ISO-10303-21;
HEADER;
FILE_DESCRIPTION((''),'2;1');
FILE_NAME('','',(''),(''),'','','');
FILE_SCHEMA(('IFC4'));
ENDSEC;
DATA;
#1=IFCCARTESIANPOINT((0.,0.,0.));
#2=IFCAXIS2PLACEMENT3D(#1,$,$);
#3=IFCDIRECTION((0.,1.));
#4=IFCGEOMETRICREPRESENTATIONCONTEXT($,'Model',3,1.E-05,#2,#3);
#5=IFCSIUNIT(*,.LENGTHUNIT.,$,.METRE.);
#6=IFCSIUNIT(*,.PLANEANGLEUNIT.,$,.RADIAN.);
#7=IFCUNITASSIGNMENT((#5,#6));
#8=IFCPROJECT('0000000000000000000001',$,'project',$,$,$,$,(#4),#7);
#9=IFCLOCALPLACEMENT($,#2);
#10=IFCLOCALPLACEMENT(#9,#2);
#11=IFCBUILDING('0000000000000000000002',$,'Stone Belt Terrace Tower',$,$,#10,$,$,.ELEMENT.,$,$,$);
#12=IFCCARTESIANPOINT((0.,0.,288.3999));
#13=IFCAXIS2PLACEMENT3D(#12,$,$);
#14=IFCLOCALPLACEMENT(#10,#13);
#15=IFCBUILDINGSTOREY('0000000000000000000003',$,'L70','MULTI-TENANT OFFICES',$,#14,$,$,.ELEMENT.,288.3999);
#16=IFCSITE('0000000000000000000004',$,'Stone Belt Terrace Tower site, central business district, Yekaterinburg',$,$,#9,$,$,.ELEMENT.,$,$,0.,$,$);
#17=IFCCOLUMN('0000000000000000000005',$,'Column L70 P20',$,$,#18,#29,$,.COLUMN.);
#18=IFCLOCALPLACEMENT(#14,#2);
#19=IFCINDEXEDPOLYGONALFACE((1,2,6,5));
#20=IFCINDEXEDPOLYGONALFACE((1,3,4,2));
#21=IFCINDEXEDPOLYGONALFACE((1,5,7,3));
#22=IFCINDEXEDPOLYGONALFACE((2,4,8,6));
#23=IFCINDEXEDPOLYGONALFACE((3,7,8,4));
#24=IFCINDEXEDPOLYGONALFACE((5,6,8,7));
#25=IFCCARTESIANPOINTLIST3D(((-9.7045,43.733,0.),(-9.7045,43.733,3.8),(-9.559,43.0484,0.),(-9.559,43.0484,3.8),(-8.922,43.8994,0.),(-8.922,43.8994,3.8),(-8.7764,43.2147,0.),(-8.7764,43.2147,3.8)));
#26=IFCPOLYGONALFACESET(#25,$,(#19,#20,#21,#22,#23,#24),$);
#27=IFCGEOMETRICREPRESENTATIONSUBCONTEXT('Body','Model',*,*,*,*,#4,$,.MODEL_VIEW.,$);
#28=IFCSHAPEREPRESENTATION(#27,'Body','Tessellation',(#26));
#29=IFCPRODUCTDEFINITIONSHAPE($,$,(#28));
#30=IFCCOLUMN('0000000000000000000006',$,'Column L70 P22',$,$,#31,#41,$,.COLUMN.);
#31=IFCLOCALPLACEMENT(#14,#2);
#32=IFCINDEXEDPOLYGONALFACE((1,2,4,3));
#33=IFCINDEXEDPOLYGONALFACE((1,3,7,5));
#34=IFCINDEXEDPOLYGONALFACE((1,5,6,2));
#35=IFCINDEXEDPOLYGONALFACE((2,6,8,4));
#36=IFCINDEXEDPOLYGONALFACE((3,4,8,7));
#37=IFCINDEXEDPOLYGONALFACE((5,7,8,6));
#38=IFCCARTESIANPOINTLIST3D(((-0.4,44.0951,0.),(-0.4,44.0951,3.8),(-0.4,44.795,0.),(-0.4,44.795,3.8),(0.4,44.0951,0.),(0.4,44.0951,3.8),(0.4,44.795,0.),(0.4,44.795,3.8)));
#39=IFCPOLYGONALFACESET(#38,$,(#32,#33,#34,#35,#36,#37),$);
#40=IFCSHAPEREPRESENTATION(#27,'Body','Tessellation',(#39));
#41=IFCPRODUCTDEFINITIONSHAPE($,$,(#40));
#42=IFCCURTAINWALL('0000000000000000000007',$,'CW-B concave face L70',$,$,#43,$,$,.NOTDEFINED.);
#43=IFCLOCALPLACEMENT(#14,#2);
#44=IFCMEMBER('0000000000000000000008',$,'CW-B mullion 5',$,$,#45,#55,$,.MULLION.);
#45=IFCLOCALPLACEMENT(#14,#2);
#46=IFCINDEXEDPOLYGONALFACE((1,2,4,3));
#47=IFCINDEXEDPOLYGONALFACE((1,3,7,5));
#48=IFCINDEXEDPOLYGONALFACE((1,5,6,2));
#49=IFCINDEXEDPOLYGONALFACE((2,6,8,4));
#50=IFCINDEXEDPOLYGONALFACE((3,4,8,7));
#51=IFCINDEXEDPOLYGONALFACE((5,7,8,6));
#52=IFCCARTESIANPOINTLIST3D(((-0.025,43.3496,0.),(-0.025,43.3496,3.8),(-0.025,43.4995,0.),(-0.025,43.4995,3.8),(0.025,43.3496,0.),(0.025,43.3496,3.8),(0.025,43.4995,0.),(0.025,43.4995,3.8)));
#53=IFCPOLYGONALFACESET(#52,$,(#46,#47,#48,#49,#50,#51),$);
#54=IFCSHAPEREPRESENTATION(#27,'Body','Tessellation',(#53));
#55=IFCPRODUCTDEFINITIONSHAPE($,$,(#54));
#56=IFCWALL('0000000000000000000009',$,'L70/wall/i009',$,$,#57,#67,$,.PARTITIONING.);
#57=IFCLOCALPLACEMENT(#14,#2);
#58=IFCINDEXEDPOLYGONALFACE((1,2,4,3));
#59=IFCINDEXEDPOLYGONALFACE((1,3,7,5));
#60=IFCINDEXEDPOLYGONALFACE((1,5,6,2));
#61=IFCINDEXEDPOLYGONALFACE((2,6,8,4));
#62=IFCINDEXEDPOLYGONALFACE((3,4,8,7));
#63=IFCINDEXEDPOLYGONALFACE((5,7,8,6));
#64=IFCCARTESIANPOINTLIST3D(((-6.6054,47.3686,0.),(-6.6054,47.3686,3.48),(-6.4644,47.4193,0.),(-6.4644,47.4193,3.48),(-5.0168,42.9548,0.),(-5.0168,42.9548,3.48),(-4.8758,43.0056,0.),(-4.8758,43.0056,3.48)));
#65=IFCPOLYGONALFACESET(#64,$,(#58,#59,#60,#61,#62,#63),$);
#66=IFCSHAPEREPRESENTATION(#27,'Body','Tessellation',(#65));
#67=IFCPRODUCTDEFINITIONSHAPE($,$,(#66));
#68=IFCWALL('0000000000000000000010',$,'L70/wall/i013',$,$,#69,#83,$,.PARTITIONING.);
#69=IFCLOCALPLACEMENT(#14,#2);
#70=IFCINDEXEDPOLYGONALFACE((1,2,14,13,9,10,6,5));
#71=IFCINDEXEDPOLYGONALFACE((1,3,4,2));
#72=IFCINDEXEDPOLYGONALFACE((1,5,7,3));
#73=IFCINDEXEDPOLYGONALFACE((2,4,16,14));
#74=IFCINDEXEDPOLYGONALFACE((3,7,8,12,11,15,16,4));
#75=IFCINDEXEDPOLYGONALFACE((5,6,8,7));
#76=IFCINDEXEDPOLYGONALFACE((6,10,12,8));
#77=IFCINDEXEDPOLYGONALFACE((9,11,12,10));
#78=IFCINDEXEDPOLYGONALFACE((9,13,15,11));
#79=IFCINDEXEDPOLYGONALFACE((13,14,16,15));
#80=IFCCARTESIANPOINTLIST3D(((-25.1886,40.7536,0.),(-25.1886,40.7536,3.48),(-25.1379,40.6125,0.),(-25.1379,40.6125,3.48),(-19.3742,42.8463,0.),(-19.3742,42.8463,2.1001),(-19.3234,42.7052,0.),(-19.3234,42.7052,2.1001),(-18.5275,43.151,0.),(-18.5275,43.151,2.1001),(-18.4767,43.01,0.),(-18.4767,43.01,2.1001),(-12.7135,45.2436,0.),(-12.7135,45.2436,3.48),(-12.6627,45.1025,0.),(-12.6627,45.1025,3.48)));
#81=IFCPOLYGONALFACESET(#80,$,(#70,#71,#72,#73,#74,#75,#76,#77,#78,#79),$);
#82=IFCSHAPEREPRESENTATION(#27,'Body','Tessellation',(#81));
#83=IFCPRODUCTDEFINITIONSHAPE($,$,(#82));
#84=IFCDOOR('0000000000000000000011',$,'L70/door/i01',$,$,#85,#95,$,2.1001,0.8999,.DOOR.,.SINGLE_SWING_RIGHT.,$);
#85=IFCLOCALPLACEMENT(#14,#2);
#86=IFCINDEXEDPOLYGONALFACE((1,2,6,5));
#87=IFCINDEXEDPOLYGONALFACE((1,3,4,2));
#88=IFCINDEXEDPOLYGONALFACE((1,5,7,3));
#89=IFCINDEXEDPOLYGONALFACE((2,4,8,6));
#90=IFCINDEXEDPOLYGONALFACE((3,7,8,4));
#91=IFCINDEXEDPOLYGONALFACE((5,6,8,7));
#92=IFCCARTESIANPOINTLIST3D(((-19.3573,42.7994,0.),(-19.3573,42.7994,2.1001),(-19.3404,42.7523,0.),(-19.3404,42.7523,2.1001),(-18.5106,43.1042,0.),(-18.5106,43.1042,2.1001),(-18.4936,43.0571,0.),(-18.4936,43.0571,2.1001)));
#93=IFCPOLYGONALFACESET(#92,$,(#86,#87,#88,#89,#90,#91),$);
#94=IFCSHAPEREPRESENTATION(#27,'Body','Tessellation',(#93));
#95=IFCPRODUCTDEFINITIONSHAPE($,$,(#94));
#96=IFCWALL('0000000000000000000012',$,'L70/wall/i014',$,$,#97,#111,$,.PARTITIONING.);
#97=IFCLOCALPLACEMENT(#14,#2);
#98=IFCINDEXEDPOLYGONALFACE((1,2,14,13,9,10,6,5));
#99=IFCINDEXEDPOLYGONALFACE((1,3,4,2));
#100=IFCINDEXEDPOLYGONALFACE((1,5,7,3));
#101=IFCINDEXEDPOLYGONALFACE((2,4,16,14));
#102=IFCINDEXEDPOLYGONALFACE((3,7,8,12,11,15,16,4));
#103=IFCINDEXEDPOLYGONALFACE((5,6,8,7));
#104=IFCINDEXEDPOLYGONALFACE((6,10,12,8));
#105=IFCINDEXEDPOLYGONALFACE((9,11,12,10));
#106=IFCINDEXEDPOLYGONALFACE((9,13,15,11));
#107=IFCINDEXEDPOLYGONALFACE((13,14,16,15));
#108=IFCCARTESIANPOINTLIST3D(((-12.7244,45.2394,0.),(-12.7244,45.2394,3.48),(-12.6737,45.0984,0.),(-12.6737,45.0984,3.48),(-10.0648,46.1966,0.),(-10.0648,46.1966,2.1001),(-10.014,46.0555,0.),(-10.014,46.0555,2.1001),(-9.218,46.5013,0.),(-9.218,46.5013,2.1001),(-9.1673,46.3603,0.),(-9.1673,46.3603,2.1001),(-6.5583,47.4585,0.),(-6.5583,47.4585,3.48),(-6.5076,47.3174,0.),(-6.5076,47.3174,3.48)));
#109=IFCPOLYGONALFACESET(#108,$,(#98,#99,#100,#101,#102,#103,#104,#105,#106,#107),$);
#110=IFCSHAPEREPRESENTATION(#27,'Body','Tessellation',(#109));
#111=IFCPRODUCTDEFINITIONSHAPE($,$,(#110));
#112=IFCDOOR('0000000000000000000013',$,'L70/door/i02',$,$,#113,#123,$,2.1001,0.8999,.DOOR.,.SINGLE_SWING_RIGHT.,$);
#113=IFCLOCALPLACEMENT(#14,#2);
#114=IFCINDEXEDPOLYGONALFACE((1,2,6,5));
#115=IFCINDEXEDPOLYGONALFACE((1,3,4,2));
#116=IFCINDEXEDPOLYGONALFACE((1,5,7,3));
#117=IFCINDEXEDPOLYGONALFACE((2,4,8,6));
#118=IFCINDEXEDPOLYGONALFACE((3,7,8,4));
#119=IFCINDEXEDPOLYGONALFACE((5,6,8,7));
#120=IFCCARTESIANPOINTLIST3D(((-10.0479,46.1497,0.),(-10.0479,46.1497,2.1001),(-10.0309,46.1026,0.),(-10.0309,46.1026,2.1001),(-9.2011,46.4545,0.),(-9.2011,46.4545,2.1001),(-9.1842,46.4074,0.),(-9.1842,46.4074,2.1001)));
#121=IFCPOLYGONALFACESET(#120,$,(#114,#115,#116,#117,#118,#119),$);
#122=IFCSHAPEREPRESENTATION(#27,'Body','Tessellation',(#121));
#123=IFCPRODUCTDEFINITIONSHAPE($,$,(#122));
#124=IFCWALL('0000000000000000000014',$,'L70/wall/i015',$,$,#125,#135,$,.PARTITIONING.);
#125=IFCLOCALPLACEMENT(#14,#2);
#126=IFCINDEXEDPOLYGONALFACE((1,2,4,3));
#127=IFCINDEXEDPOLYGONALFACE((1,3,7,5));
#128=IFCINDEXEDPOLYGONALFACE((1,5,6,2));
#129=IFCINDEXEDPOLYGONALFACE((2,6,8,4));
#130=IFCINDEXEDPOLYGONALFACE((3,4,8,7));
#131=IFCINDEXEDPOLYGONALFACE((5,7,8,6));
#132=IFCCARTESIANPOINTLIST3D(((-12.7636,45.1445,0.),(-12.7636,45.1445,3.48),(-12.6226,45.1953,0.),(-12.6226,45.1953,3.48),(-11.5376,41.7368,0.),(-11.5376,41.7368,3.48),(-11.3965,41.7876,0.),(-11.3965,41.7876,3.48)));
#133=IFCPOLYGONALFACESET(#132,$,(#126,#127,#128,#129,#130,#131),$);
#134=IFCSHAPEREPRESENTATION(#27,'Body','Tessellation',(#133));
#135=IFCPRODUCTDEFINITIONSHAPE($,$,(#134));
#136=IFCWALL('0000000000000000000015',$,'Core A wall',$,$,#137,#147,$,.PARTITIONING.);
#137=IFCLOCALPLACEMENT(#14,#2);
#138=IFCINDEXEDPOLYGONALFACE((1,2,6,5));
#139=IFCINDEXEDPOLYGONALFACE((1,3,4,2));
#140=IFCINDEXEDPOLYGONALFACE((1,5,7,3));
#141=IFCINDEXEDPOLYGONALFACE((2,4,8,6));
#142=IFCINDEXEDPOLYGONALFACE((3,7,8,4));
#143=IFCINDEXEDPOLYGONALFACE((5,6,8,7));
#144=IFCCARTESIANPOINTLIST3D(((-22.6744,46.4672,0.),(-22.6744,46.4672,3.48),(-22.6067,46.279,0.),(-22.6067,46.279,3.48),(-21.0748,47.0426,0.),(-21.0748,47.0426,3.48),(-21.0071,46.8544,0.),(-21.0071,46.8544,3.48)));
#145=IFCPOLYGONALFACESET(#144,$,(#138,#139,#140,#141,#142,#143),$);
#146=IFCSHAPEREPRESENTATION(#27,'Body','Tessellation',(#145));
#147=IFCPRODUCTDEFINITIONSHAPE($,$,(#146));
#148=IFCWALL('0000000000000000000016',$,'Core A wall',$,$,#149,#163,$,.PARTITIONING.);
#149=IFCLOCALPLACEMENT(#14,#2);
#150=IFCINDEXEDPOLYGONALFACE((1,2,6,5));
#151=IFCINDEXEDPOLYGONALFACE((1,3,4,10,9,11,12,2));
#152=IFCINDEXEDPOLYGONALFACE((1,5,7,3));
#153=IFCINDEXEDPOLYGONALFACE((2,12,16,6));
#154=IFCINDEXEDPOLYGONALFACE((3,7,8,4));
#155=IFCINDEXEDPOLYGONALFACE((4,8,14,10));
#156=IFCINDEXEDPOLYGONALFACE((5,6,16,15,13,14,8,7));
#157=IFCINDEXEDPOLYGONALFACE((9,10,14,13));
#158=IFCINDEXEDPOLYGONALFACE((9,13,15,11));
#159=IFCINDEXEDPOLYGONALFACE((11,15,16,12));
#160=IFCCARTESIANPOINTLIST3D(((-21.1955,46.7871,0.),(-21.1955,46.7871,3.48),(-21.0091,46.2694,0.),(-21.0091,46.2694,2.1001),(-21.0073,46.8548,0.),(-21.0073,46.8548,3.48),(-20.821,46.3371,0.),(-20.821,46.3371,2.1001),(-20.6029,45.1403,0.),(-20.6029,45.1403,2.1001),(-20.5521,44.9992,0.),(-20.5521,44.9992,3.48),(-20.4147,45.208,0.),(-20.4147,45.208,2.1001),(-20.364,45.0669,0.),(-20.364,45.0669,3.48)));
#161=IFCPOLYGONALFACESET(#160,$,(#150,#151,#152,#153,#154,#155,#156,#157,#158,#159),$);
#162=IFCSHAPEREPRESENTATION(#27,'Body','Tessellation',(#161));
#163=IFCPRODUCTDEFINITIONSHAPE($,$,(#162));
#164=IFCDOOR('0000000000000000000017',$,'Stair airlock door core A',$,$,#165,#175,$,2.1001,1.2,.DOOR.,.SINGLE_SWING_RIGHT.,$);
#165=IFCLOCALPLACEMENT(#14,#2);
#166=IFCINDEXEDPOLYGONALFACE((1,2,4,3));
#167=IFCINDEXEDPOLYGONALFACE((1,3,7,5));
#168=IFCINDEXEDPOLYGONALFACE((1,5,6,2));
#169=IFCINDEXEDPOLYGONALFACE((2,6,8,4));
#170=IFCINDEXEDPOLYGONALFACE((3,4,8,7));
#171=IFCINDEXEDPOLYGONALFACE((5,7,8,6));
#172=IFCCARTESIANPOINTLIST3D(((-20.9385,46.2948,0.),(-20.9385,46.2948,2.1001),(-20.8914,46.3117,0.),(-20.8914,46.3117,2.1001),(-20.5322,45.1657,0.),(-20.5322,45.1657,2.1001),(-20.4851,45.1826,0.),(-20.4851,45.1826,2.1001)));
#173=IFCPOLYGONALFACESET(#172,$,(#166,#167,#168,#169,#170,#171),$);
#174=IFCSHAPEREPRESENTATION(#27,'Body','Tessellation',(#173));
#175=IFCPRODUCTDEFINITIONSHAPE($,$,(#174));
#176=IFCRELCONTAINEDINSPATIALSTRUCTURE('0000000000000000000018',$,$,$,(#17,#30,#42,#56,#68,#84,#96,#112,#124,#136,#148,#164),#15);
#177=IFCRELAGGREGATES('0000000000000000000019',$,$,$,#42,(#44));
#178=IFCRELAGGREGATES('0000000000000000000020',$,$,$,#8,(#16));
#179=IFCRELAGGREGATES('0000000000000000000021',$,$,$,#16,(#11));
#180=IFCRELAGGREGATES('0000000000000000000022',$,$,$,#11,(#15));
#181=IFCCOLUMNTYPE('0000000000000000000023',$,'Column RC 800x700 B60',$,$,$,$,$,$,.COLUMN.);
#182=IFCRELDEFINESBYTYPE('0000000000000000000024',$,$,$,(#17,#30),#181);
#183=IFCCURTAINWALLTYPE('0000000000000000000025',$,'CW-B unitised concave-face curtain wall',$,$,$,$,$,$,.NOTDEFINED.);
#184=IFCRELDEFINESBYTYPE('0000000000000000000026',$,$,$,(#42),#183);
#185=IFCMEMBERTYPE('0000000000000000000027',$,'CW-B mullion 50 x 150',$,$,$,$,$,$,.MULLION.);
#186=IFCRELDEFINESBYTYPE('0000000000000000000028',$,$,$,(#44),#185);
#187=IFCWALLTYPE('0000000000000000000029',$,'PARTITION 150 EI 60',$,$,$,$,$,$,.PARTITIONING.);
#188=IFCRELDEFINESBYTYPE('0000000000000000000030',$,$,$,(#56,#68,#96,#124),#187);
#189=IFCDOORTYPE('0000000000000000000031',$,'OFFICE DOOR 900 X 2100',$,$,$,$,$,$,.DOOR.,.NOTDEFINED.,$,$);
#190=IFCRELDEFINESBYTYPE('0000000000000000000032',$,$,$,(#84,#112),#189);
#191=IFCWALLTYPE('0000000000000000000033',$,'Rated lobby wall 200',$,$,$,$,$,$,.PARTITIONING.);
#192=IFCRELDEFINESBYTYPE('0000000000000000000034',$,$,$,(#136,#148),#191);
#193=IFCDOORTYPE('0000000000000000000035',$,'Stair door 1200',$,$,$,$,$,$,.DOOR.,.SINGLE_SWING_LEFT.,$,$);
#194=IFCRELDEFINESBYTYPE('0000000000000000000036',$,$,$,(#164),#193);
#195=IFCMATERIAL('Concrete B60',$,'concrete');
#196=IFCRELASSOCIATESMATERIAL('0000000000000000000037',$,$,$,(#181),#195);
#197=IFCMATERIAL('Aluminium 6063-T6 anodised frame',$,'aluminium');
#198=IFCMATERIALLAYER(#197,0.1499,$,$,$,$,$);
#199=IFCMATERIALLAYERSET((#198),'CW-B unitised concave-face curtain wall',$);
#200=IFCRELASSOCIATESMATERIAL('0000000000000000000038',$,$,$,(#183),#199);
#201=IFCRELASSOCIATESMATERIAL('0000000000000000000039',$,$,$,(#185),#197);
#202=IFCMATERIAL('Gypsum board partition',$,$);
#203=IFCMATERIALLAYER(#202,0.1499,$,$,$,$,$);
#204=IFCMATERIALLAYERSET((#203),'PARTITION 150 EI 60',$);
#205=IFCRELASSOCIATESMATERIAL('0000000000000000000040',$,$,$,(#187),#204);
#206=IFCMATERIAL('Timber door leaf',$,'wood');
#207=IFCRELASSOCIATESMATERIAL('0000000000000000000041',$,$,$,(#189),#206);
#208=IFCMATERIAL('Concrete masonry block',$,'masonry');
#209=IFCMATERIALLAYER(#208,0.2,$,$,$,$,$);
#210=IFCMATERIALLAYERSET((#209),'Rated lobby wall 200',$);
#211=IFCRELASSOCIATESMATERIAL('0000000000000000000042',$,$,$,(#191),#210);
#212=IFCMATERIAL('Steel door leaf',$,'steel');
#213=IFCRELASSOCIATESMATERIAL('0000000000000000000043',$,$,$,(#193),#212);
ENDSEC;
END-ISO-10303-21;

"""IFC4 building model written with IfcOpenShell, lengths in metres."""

from ifc_helpers import new_model, si_unit, direction, frame, frame_2d, origin, origin_2d, place, context, subcontext, project, spatial, rectangle, extrude, material, layer, layer_set, material_profile, profile_set, type_object, element, fill, aggregate, save


model = new_model("IFC4")

# Units and contexts
model_context = context("Model", 3, precision=1e-05, world=origin(), true_north=direction((0.0, 1.0)))
body_context = subcontext(model_context, "Body", "Model", "MODEL_VIEW")
ifc_project = project(units=[si_unit("LENGTHUNIT", "METRE"), si_unit("PLANEANGLEUNIT", "RADIAN")], contexts=[model_context])

# Site, building, storey
site_placement = place(None, origin())
site = spatial("IfcSite", under=ifc_project, at=site_placement, Name="Stone Belt Terrace Tower site, central business district, Yekaterinburg", CompositionType="ELEMENT", RefElevation=0.0)
building_placement = place(site_placement, origin())
building = spatial("IfcBuilding", under=site, at=building_placement, Name="Stone Belt Terrace Tower", CompositionType="ELEMENT")
storey_placement = place(building_placement, frame((0.0, 0.0, 288.3999)))
storey = spatial("IfcBuildingStorey", under=building, at=storey_placement, Name="L70", Description="MULTI-TENANT OFFICES", CompositionType="ELEMENT", Elevation=288.3999)

# Columns
ifc_material_1 = material(Name="Concrete B60", Category="concrete")
ifc_material_profile_1 = material_profile(ifc_material_1, rectangle(XDim=0.8, YDim=0.7, at=origin_2d()), Name="RC 800x700")
ifc_profile_set_1 = profile_set([ifc_material_profile_1], Name="Concrete B60")
column_type = type_object("IfcColumnType", Name="Column RC 800x700 B60", PredefinedType="COLUMN", material=ifc_profile_set_1)
for number, where, z_axis, x_axis, name in (
    (1, (-9.2405, 43.4739, 0.0), (0.0, 0.0, 1.0), (0.978148, 0.207912, 0.0), "Column L70 P20"),
    (2, (0.0, 44.4451, 0.0), (0.0, 0.0, 1.0), (1.0, 0.0, 0.0), "Column L70 P22"),
):
    element("IfcColumn", number, at=place(storey_placement, frame(where, z_axis=z_axis, x_axis=x_axis)), inside=storey, type_object=column_type, Name=name, PredefinedType="COLUMN", context=body_context, shape_type="SweptSolid", body=[
        extrude(rectangle(XDim=0.8, YDim=0.7, at=origin_2d()), origin(), (0.0, 0.0, 1.0), 3.8),
    ])

# Curtain wall, member
ifc_material_2 = material(Name="Aluminium 6063-T6 anodised frame", Category="aluminium")
ifc_layer_1 = layer(ifc_material_2, 0.1499)
ifc_layer_set_1 = layer_set([ifc_layer_1], Name="CW-B unitised concave-face curtain wall")
curtain_wall_type = type_object("IfcCurtainWallType", Name="CW-B unitised concave-face curtain wall", PredefinedType="NOTDEFINED", material=ifc_layer_set_1)
curtain_wall_placement = place(storey_placement, origin())
curtain_wall = element("IfcCurtainWall", 3, at=curtain_wall_placement, inside=storey, type_object=curtain_wall_type, Name="CW-B concave face L70", PredefinedType="NOTDEFINED")
ifc_material_profile_2 = material_profile(ifc_material_2, rectangle(XDim=0.1499, YDim=0.05, at=origin_2d()), Name="Aluminium 6063-T6 50x150")
ifc_profile_set_2 = profile_set([ifc_material_profile_2], Name="Aluminium 6063-T6 anodised frame")
member_type = type_object("IfcMemberType", Name="CW-B mullion 50 x 150", PredefinedType="MULLION", material=ifc_profile_set_2)
member_placement = place(storey_placement, frame((0.0, 43.4246, 0.0), z_axis=(0.0, 0.0, 1.0), x_axis=(0.0, 1.0, 0.0)))
member = element("IfcMember", 4, at=member_placement, type_object=member_type, Name="CW-B mullion 5", PredefinedType="MULLION", context=body_context, shape_type="SweptSolid", body=[
    extrude(rectangle(XDim=0.1499, YDim=0.05, at=origin_2d()), origin(), (0.0, 0.0, 1.0), 3.8),
])
aggregate(curtain_wall, [member])

# Wall
ifc_material_3 = material(Name="Gypsum board partition")
ifc_layer_2 = layer(ifc_material_3, 0.1499)
ifc_layer_set_2 = layer_set([ifc_layer_2], Name="PARTITION 150 EI 60")
wall_type_1 = type_object("IfcWallType", Name="PARTITION 150 EI 60", PredefinedType="PARTITIONING", material=ifc_layer_set_2)
wall_1_placement = place(storey_placement, frame((-4.9463, 42.9802, 0.0), z_axis=(0.0, 0.0, 1.0), x_axis=(-0.338653, 0.940911, 0.0)))
element("IfcWall", 5, at=wall_1_placement, inside=storey, type_object=wall_type_1, Name="L70/wall/i009", PredefinedType="PARTITIONING", context=body_context, shape_type="SweptSolid", body=[
    extrude(rectangle(XDim=4.6909, YDim=0.1499, at=frame_2d((2.3455, 0.0))), origin(), (0.0, 0.0, 1.0), 3.48),
])

# Walls, openings, doors
wall_2_placement = place(storey_placement, frame((-12.688, 45.1731, 0.0), z_axis=(0.0, 0.0, 1.0), x_axis=(-0.940913, -0.33865, 0.0)))
wall_2 = element("IfcWall", 6, at=wall_2_placement, inside=storey, type_object=wall_type_1, Name="L70/wall/i013", PredefinedType="PARTITIONING", context=body_context, shape_type="SweptSolid", body=[
    extrude(rectangle(XDim=13.2585, YDim=0.1499, at=frame_2d((6.6294, 0.0))), origin(), (0.0, 0.0, 1.0), 3.48),
])
opening_1_placement = place(wall_2_placement, frame((6.1792, 0.0, 0.0)))
opening_1 = element("IfcOpeningElement", 7, at=opening_1_placement, cuts=wall_2, PredefinedType="OPENING", context=body_context, shape_type="SweptSolid", body=[
    extrude(rectangle(XDim=0.8999, YDim=2.1001, at=frame_2d((0.45, 1.05))), frame((0.0, 0.085, 0.0), z_axis=(0.0, -1.0, 0.0), x_axis=(1.0, 0.0, 0.0)), (0.0, 0.0, 1.0), 0.1699),
])
ifc_material_4 = material(Name="Timber door leaf", Category="wood")
door_type_1 = type_object("IfcDoorType", Name="OFFICE DOOR 900 X 2100", OperationType="NOTDEFINED", PredefinedType="DOOR", material=ifc_material_4)
door_1_placement = place(opening_1_placement, origin())
door_1 = element("IfcDoor", 8, at=door_1_placement, inside=storey, type_object=door_type_1, Name="L70/door/i01", OperationType="SINGLE_SWING_RIGHT", OverallHeight=2.1001, OverallWidth=0.8999, PredefinedType="DOOR", context=body_context, shape_type="SweptSolid", body=[
    extrude(rectangle(XDim=0.8999, YDim=2.1001, at=frame_2d((0.45, 1.05))), frame((0.0, 0.0249, 0.0), z_axis=(0.0, -1.0, 0.0), x_axis=(1.0, 0.0, 0.0)), (0.0, 0.0, 1.0), 0.05),
])
fill(opening_1, door_1)
wall_3_placement = place(storey_placement, frame((-6.533, 47.3879, 0.0), z_axis=(0.0, 0.0, 1.0), x_axis=(-0.940925, -0.338615, 0.0)))
wall_3 = element("IfcWall", 9, at=wall_3_placement, inside=storey, type_object=wall_type_1, Name="L70/wall/i014", PredefinedType="PARTITIONING", context=body_context, shape_type="SweptSolid", body=[
    extrude(rectangle(XDim=6.5532, YDim=0.1499, at=frame_2d((3.2766, 0.0))), origin(), (0.0, 0.0, 1.0), 3.48),
])
opening_2_placement = place(wall_3_placement, frame((2.8267, 0.0, 0.0)))
opening_2 = element("IfcOpeningElement", 10, at=opening_2_placement, cuts=wall_3, PredefinedType="OPENING", context=body_context, shape_type="SweptSolid", body=[
    extrude(rectangle(XDim=0.8999, YDim=2.1001, at=frame_2d((0.45, 1.05))), frame((0.0, 0.085, 0.0), z_axis=(0.0, -1.0, 0.0), x_axis=(1.0, 0.0, 0.0)), (0.0, 0.0, 1.0), 0.1699),
])
door_2_placement = place(opening_2_placement, origin())
door_2 = element("IfcDoor", 11, at=door_2_placement, inside=storey, type_object=door_type_1, Name="L70/door/i02", OperationType="SINGLE_SWING_RIGHT", OverallHeight=2.1001, OverallWidth=0.8999, PredefinedType="DOOR", context=body_context, shape_type="SweptSolid", body=[
    extrude(rectangle(XDim=0.8999, YDim=2.1001, at=frame_2d((0.45, 1.05))), frame((0.0, 0.0249, 0.0), z_axis=(0.0, -1.0, 0.0), x_axis=(1.0, 0.0, 0.0)), (0.0, 0.0, 1.0), 0.05),
])
fill(opening_2, door_2)

# Walls
wall_4_placement = place(storey_placement, frame((-12.6931, 45.1699, 0.0), z_axis=(0.0, 0.0, 1.0), x_axis=(0.338548, -0.940949, 0.0)))
element("IfcWall", 12, at=wall_4_placement, inside=storey, type_object=wall_type_1, Name="L70/wall/i015", PredefinedType="PARTITIONING", context=body_context, shape_type="SweptSolid", body=[
    extrude(rectangle(XDim=3.6216, YDim=0.1499, at=frame_2d((1.8108, 0.0))), origin(), (0.0, 0.0, 1.0), 3.48),
])
ifc_material_5 = material(Name="Concrete masonry block", Category="masonry")
ifc_layer_3 = layer(ifc_material_5, 0.2)
ifc_layer_set_3 = layer_set([ifc_layer_3], Name="Rated lobby wall 200")
wall_type_2 = type_object("IfcWallType", Name="Rated lobby wall 200", PredefinedType="PARTITIONING", material=ifc_layer_set_3)
wall_5_placement = place(storey_placement, frame((-22.6406, 46.373, 0.0), z_axis=(0.0, 0.0, 1.0), x_axis=(0.940966, 0.338501, 0.0)))
element("IfcWall", 13, at=wall_5_placement, inside=storey, type_object=wall_type_2, Name="Core A wall", PredefinedType="PARTITIONING", context=body_context, shape_type="SweptSolid", body=[
    extrude(rectangle(XDim=1.7, YDim=0.2, at=frame_2d((0.8501, 0.0))), origin(), (0.0, 0.0, 1.0), 3.48),
])

# Wall, opening, door
wall_6_placement = place(storey_placement, frame((-20.458, 45.033, 0.0), z_axis=(0.0, 0.0, 1.0), x_axis=(-0.338574, 0.94094, 0.0)))
wall_6 = element("IfcWall", 14, at=wall_6_placement, inside=storey, type_object=wall_type_2, Name="Core A wall", PredefinedType="PARTITIONING", context=body_context, shape_type="SweptSolid", body=[
    extrude(rectangle(XDim=1.9001, YDim=0.2, at=frame_2d((0.9502, 0.0))), origin(), (0.0, 0.0, 1.0), 3.48),
])
opening_3_placement = place(wall_6_placement, frame((0.1499, 0.0, 0.0)))
opening_3 = element("IfcOpeningElement", 15, at=opening_3_placement, cuts=wall_6, PredefinedType="OPENING", context=body_context, shape_type="SweptSolid", body=[
    extrude(rectangle(XDim=1.2, YDim=2.1001, at=frame_2d((0.6001, 1.05))), frame((0.0, 0.1099, 0.0), z_axis=(0.0, -1.0, 0.0), x_axis=(1.0, 0.0, 0.0)), (0.0, 0.0, 1.0), 0.22),
])
ifc_material_6 = material(Name="Steel door leaf", Category="steel")
door_type_2 = type_object("IfcDoorType", Name="Stair door 1200", OperationType="SINGLE_SWING_LEFT", PredefinedType="DOOR", material=ifc_material_6)
door_3_placement = place(opening_3_placement, origin())
door_3 = element("IfcDoor", 16, at=door_3_placement, inside=storey, type_object=door_type_2, Name="Stair airlock door core A", OperationType="SINGLE_SWING_RIGHT", OverallHeight=2.1001, OverallWidth=1.2, PredefinedType="DOOR", context=body_context, shape_type="SweptSolid", body=[
    extrude(rectangle(XDim=1.2, YDim=2.1001, at=frame_2d((0.6001, 1.05))), frame((0.0, 0.0249, 0.0), z_axis=(0.0, -1.0, 0.0), x_axis=(1.0, 0.0, 0.0)), (0.0, 0.0, 1.0), 0.05),
])
fill(opening_3, door_3)

save(model, "model.ifc")
